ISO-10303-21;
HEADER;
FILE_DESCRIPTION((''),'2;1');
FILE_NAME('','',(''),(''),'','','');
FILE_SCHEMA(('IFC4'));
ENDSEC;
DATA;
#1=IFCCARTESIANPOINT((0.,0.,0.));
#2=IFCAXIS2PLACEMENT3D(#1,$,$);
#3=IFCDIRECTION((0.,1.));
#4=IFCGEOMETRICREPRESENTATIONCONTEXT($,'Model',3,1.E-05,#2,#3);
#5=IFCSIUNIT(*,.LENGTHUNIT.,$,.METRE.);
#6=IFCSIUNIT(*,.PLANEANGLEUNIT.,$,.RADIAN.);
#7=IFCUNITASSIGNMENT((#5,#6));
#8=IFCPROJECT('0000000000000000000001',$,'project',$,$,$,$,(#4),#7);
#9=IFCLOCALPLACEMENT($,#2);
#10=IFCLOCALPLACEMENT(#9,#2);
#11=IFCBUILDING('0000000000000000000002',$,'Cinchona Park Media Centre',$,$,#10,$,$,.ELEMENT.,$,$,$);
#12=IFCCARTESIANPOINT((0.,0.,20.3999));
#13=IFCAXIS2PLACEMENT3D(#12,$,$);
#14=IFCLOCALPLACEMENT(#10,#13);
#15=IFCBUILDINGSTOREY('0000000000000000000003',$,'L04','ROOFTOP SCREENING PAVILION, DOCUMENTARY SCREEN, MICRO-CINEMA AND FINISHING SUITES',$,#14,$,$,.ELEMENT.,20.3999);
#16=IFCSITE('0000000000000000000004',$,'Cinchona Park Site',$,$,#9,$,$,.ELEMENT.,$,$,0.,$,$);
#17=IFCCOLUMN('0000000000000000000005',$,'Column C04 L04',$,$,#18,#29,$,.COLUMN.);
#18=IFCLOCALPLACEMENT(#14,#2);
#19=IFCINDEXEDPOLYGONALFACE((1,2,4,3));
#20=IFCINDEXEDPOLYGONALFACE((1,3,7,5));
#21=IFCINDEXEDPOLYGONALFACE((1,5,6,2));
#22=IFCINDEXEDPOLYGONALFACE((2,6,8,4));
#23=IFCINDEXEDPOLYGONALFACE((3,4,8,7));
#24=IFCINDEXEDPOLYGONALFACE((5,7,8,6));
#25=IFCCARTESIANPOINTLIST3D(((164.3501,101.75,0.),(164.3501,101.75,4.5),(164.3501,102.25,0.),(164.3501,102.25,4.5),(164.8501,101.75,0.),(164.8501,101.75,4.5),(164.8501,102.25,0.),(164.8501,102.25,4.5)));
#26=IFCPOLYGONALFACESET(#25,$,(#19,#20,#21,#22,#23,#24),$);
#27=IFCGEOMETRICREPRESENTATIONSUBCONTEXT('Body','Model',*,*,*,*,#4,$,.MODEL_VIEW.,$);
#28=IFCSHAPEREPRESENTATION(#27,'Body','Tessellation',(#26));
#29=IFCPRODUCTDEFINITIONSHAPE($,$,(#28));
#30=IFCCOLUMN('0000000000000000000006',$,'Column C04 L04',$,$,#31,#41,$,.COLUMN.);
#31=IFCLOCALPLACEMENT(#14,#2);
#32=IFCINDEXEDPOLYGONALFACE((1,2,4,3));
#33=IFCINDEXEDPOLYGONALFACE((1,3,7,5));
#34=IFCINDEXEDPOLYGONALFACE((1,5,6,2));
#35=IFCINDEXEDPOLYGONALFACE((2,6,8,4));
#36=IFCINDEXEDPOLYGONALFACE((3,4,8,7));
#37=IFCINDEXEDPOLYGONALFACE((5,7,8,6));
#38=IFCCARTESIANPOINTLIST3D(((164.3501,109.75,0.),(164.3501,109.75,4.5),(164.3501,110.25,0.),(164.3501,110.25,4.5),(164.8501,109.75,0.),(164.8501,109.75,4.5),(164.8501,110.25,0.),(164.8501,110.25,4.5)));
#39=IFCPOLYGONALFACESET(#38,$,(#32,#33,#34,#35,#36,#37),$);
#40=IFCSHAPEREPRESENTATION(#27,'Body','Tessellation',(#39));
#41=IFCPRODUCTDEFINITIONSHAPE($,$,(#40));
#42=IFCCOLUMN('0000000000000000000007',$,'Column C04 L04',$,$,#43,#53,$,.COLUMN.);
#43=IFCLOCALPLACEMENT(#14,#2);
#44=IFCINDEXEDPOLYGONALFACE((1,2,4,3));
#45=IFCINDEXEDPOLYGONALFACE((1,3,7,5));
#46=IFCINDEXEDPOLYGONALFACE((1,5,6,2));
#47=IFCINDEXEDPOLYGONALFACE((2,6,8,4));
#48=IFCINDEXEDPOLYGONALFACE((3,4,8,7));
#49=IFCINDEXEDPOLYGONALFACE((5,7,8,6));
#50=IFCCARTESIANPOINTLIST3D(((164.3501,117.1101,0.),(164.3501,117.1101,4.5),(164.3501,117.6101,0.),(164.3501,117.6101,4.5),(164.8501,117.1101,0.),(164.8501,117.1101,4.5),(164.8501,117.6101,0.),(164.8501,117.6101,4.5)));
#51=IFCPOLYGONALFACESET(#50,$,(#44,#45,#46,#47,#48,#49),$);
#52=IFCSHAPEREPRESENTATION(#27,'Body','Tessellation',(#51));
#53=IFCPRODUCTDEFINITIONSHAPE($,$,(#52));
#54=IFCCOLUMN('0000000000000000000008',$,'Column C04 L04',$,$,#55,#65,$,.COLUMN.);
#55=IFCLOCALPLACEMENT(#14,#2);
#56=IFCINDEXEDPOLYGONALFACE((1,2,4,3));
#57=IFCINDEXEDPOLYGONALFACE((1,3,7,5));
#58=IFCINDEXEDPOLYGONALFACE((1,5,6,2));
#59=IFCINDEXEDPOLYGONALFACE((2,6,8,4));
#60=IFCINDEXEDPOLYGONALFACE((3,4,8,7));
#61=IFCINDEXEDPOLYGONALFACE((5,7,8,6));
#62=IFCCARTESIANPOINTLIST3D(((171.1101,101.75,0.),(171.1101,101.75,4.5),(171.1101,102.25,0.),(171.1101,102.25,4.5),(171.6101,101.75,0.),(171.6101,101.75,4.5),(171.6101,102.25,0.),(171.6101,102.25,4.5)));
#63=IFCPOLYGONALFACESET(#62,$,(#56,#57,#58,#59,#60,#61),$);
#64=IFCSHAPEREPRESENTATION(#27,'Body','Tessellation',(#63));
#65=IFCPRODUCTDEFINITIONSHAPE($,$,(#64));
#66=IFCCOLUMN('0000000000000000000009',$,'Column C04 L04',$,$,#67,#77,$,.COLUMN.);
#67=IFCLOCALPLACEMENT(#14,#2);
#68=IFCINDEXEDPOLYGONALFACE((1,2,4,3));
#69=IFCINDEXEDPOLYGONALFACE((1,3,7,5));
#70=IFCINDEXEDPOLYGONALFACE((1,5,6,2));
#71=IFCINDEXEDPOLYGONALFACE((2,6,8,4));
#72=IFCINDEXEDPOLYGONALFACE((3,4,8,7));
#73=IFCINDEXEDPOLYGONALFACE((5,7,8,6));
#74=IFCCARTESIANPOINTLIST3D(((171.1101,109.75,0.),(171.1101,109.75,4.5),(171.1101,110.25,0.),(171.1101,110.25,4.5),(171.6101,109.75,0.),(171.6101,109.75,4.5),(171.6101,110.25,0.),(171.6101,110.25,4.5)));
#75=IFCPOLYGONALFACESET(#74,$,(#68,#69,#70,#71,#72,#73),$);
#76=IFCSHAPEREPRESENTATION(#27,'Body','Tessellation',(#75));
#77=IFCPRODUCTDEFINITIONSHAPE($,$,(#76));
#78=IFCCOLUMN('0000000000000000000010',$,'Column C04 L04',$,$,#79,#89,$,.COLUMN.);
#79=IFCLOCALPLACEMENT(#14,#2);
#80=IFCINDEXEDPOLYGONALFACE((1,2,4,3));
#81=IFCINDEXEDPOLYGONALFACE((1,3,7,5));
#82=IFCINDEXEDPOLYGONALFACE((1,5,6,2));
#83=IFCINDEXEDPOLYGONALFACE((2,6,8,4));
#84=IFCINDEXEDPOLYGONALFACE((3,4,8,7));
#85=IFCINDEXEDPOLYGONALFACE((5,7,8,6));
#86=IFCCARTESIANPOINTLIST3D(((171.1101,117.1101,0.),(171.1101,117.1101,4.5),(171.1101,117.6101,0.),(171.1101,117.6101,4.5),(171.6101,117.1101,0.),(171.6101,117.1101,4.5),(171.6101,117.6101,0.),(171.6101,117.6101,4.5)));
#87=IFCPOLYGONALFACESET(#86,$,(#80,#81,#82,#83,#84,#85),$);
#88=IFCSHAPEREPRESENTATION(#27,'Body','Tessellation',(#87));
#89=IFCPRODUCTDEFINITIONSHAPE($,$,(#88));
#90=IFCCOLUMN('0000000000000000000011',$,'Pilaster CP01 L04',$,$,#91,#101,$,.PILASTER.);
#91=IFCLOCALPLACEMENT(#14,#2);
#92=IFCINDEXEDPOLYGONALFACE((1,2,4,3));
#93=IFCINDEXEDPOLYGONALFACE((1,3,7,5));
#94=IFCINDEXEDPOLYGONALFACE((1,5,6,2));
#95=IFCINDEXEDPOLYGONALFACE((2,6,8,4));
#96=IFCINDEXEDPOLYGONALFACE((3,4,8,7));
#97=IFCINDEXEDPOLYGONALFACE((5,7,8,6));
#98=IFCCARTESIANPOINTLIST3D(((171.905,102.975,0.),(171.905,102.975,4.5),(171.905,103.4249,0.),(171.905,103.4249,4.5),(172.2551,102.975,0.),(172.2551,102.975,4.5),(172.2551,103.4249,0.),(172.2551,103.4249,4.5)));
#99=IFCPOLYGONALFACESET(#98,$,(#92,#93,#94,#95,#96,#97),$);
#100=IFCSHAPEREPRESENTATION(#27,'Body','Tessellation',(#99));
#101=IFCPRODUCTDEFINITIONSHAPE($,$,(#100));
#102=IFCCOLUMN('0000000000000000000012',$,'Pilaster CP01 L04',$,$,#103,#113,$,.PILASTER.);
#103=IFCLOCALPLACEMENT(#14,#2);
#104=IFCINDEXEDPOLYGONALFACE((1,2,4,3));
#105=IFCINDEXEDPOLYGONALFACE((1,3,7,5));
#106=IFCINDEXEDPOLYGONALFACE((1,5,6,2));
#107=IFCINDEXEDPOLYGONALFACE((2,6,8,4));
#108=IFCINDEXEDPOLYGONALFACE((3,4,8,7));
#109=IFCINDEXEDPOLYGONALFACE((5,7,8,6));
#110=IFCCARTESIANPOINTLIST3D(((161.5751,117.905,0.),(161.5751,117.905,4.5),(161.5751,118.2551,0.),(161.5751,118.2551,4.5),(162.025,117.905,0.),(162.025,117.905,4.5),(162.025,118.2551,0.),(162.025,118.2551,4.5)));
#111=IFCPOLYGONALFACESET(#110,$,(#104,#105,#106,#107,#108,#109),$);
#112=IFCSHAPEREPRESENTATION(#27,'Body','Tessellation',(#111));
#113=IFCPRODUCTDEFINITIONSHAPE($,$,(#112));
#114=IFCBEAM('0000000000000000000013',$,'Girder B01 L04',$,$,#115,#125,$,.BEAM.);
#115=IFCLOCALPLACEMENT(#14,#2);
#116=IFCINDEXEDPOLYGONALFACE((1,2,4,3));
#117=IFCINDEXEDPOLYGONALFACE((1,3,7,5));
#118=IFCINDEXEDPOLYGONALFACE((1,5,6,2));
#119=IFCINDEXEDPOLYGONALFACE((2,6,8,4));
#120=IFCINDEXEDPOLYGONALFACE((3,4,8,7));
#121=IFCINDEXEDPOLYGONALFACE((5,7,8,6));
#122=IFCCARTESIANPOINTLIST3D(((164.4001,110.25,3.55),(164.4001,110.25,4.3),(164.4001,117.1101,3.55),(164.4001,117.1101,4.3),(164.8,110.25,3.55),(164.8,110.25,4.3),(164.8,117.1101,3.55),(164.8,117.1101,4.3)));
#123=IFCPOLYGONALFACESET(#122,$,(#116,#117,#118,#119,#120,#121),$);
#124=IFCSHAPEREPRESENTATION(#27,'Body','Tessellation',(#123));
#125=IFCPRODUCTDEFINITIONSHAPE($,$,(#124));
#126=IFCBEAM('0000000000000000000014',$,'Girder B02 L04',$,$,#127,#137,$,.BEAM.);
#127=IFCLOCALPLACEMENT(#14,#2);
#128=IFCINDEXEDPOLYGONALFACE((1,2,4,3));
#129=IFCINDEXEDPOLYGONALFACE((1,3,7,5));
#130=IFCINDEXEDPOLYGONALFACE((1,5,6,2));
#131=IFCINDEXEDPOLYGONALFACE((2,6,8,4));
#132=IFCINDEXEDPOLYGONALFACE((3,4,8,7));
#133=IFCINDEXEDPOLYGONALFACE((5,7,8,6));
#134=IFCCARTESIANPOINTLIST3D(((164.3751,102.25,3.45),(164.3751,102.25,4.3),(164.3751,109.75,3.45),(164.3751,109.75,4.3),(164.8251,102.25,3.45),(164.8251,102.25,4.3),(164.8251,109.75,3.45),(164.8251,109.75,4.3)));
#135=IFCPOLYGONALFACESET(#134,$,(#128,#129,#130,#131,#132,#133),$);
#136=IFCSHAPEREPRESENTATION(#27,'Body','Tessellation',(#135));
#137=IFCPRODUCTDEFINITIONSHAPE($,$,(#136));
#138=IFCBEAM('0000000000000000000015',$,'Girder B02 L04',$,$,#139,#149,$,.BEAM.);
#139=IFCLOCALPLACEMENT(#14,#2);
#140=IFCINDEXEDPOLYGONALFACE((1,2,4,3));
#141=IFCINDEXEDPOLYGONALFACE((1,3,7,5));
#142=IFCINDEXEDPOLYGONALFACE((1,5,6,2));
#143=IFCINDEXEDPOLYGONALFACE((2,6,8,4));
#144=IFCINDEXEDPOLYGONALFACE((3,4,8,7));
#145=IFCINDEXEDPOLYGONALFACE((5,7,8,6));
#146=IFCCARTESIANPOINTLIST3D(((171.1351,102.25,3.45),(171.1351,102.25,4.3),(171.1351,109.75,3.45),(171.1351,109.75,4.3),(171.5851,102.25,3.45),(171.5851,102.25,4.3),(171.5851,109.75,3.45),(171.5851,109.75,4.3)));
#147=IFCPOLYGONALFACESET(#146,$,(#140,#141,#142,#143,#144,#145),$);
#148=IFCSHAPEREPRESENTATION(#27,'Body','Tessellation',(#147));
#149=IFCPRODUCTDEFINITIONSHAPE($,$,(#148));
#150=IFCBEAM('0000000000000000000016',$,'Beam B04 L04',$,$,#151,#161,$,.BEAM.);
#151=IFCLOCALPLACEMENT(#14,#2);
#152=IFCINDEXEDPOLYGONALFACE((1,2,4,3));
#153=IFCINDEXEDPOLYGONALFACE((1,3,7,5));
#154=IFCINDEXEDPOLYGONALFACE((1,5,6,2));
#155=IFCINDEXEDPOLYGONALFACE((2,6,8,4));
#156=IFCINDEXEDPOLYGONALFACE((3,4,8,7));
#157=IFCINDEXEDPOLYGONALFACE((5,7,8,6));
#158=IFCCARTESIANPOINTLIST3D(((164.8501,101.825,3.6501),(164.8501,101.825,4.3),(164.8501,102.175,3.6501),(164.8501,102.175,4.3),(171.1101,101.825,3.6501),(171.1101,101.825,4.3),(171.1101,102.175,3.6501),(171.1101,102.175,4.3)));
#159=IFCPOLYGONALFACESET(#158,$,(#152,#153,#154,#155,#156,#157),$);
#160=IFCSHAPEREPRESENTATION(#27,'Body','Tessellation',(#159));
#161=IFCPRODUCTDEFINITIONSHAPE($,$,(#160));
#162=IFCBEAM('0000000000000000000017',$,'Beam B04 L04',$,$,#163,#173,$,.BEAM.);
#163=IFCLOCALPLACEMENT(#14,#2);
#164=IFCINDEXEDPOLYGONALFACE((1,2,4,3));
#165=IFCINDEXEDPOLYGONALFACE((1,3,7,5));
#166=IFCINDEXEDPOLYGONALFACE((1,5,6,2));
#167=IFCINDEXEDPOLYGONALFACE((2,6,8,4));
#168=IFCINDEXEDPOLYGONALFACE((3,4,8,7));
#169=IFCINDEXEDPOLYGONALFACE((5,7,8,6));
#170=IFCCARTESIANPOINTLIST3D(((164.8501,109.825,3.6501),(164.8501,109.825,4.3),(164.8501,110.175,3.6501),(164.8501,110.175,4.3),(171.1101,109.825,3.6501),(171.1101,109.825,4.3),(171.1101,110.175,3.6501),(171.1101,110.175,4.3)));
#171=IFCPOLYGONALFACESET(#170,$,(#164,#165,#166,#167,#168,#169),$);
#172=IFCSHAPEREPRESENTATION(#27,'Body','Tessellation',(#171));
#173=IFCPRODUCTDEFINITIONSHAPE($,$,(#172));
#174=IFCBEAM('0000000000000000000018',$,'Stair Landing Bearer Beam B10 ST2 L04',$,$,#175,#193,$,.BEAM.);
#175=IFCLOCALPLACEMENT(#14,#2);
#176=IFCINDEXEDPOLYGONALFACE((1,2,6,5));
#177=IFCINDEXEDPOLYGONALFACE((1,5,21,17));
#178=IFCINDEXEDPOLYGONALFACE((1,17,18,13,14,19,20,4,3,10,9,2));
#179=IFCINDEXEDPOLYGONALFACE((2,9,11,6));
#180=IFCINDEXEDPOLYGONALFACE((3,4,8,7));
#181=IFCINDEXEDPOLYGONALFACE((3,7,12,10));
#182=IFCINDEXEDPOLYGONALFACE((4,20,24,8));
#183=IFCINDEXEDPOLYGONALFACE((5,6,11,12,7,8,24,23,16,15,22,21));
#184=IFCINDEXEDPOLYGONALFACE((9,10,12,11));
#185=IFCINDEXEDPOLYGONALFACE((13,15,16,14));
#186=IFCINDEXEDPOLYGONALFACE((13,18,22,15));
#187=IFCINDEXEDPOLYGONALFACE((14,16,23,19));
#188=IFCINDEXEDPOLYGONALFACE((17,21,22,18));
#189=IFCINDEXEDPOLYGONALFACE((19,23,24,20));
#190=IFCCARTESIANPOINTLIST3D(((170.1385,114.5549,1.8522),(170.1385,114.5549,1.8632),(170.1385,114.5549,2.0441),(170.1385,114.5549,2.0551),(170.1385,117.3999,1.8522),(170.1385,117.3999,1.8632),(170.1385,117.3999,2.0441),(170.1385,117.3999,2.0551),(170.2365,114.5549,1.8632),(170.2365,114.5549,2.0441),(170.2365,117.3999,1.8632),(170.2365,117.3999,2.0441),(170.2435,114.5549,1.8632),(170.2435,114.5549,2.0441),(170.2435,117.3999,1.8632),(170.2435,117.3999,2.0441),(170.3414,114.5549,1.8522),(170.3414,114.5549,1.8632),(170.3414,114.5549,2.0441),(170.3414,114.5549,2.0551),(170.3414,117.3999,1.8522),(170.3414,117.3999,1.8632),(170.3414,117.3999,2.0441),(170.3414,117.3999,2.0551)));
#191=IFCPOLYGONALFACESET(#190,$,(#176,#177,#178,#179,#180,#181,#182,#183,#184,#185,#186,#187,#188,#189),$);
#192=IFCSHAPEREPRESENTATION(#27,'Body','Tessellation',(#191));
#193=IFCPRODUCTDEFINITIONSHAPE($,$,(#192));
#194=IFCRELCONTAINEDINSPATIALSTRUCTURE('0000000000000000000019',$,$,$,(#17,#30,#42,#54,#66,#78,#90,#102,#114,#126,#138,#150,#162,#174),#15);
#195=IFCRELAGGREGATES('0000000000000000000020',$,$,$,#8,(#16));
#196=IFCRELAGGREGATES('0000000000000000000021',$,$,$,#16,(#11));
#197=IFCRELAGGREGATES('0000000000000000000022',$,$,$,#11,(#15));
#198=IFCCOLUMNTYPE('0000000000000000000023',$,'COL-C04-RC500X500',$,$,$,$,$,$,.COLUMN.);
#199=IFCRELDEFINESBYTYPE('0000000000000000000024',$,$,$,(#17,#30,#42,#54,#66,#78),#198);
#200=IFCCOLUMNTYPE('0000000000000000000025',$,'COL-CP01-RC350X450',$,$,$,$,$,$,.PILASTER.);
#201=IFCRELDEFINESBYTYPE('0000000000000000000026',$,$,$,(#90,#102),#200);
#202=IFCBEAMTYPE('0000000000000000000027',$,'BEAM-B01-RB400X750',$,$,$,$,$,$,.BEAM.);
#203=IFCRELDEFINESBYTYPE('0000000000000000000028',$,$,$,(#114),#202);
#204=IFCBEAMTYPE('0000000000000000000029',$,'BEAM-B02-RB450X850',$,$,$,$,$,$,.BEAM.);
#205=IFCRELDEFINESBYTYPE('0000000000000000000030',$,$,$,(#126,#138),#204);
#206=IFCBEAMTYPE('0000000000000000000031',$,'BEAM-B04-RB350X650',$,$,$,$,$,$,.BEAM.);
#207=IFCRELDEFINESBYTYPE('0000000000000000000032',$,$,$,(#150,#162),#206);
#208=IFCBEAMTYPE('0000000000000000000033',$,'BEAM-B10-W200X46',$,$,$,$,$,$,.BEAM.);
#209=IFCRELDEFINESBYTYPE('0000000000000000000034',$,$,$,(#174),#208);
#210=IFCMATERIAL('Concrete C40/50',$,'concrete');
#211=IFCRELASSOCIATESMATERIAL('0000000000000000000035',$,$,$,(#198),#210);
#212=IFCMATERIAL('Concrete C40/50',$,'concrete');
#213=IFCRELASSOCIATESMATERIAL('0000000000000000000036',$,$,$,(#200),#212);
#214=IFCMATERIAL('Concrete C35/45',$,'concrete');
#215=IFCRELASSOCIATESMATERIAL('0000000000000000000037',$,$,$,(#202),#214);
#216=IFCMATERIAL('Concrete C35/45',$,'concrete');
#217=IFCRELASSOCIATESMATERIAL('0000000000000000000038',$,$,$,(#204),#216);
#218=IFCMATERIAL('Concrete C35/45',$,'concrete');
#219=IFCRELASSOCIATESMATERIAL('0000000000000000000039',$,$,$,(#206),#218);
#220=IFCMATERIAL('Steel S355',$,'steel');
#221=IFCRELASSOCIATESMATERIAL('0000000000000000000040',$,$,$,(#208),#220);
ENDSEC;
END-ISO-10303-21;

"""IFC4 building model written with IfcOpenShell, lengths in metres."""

from ifc_helpers import new_model, si_unit, direction, frame, origin, origin_2d, place, context, subcontext, project, spatial, rectangle, i_section, extrude, material, material_profile, profile_set, type_object, element, save


model = new_model("IFC4")

# Units and contexts
model_context = context("Model", 3, precision=1e-05, world=origin(), true_north=direction((0.0, 1.0)))
body_context = subcontext(model_context, "Body", "Model", "MODEL_VIEW")
ifc_project = project(units=[si_unit("LENGTHUNIT", "METRE"), si_unit("PLANEANGLEUNIT", "RADIAN")], contexts=[model_context])

# Site, building, storey
site_placement = place(None, origin())
site = spatial("IfcSite", under=ifc_project, at=site_placement, Name="Cinchona Park Site", CompositionType="ELEMENT", RefElevation=0.0)
building_placement = place(site_placement, origin())
building = spatial("IfcBuilding", under=site, at=building_placement, Name="Cinchona Park Media Centre", CompositionType="ELEMENT")
storey_placement = place(building_placement, frame((0.0, 0.0, 20.3999)))
storey = spatial("IfcBuildingStorey", under=building, at=storey_placement, Name="L04", Description="ROOFTOP SCREENING PAVILION, DOCUMENTARY SCREEN, MICRO-CINEMA AND FINISHING SUITES", CompositionType="ELEMENT", Elevation=20.3999)

# Columns
ifc_material_1 = material(Name="Concrete C40/50", Category="concrete")
ifc_material_profile_1 = material_profile(ifc_material_1, rectangle(XDim=0.5, YDim=0.5, at=origin_2d()), Name="RC 500X500")
ifc_profile_set_1 = profile_set([ifc_material_profile_1], Name="Concrete C40/50")
column_type_1 = type_object("IfcColumnType", Name="COL-C04-RC500X500", PredefinedType="COLUMN", material=ifc_profile_set_1)
for number, where, z_axis, x_axis, name in (
    (1, (164.6001, 102.0, 0.0), (0.0, 0.0, 1.0), (1.0, 0.0, 0.0), "Column C04 L04"),
    (2, (164.6001, 110.0, 0.0), (0.0, 0.0, 1.0), (1.0, 0.0, 0.0), "Column C04 L04"),
    (3, (164.6001, 117.3601, 0.0), (0.0, 0.0, 1.0), (1.0, 0.0, 0.0), "Column C04 L04"),
    (4, (171.3601, 102.0, 0.0), (0.0, 0.0, 1.0), (1.0, 0.0, 0.0), "Column C04 L04"),
    (5, (171.3601, 110.0, 0.0), (0.0, 0.0, 1.0), (1.0, 0.0, 0.0), "Column C04 L04"),
    (6, (171.3601, 117.3601, 0.0), (0.0, 0.0, 1.0), (1.0, 0.0, 0.0), "Column C04 L04"),
):
    element("IfcColumn", number, at=place(storey_placement, frame(where, z_axis=z_axis, x_axis=x_axis)), inside=storey, type_object=column_type_1, Name=name, PredefinedType="COLUMN", context=body_context, shape_type="SweptSolid", body=[
        extrude(rectangle(XDim=0.5, YDim=0.5, at=origin_2d()), origin(), (0.0, 0.0, 1.0), 4.5),
    ])
ifc_material_2 = material(Name="Concrete C40/50", Category="concrete")
ifc_material_profile_2 = material_profile(ifc_material_2, rectangle(XDim=0.3501, YDim=0.45, at=origin_2d()), Name="RC 350X450")
ifc_profile_set_2 = profile_set([ifc_material_profile_2], Name="Concrete C40/50")
column_type_2 = type_object("IfcColumnType", Name="COL-CP01-RC350X450", PredefinedType="PILASTER", material=ifc_profile_set_2)
for number, where, z_axis, x_axis, name in (
    (7, (172.0801, 103.2, 0.0), (0.0, 0.0, 1.0), (1.0, 0.0, 0.0), "Pilaster CP01 L04"),
    (8, (161.8, 118.0801, 0.0), (0.0, 0.0, 1.0), (0.0, 1.0, 0.0), "Pilaster CP01 L04"),
):
    element("IfcColumn", number, at=place(storey_placement, frame(where, z_axis=z_axis, x_axis=x_axis)), inside=storey, type_object=column_type_2, Name=name, PredefinedType="PILASTER", context=body_context, shape_type="SweptSolid", body=[
        extrude(rectangle(XDim=0.3501, YDim=0.45, at=origin_2d()), origin(), (0.0, 0.0, 1.0), 4.5),
    ])

# Beams
ifc_material_3 = material(Name="Concrete C35/45", Category="concrete")
ifc_material_profile_3 = material_profile(ifc_material_3, rectangle(XDim=0.3999, YDim=0.75, at=origin_2d()), Name="RB 400X750")
ifc_profile_set_3 = profile_set([ifc_material_profile_3], Name="Concrete C35/45")
beam_type_1 = type_object("IfcBeamType", Name="BEAM-B01-RB400X750", PredefinedType="BEAM", material=ifc_profile_set_3)
beam_placement = place(storey_placement, frame((164.6001, 110.25, 3.925), z_axis=(0.0, 1.0, 0.0), x_axis=(-1.0, 0.0, 0.0)))
element("IfcBeam", 9, at=beam_placement, inside=storey, type_object=beam_type_1, Name="Girder B01 L04", PredefinedType="BEAM", context=body_context, shape_type="SweptSolid", body=[
    extrude(rectangle(XDim=0.3999, YDim=0.75, at=origin_2d()), origin(), (0.0, 0.0, 1.0), 6.8601),
])
ifc_material_4 = material(Name="Concrete C35/45", Category="concrete")
ifc_material_profile_4 = material_profile(ifc_material_4, rectangle(XDim=0.45, YDim=0.8501, at=origin_2d()), Name="RB 450X850")
ifc_profile_set_4 = profile_set([ifc_material_profile_4], Name="Concrete C35/45")
beam_type_2 = type_object("IfcBeamType", Name="BEAM-B02-RB450X850", PredefinedType="BEAM", material=ifc_profile_set_4)
for number, where, z_axis, x_axis, name in (
    (10, (164.6001, 102.25, 3.875), (0.0, 1.0, 0.0), (-1.0, 0.0, 0.0), "Girder B02 L04"),
    (11, (171.3601, 102.25, 3.875), (0.0, 1.0, 0.0), (-1.0, 0.0, 0.0), "Girder B02 L04"),
):
    element("IfcBeam", number, at=place(storey_placement, frame(where, z_axis=z_axis, x_axis=x_axis)), inside=storey, type_object=beam_type_2, Name=name, PredefinedType="BEAM", context=body_context, shape_type="SweptSolid", body=[
        extrude(rectangle(XDim=0.45, YDim=0.8501, at=origin_2d()), origin(), (0.0, 0.0, 1.0), 7.5),
    ])
ifc_material_5 = material(Name="Concrete C35/45", Category="concrete")
ifc_material_profile_5 = material_profile(ifc_material_5, rectangle(XDim=0.3501, YDim=0.6499, at=origin_2d()), Name="RB 350X650")
ifc_profile_set_5 = profile_set([ifc_material_profile_5], Name="Concrete C35/45")
beam_type_3 = type_object("IfcBeamType", Name="BEAM-B04-RB350X650", PredefinedType="BEAM", material=ifc_profile_set_5)
for number, where, z_axis, x_axis, name in (
    (12, (164.8501, 102.0, 3.9751), (1.0, 0.0, 0.0), (0.0, 1.0, 0.0), "Beam B04 L04"),
    (13, (164.8501, 110.0, 3.9751), (1.0, 0.0, 0.0), (0.0, 1.0, 0.0), "Beam B04 L04"),
):
    element("IfcBeam", number, at=place(storey_placement, frame(where, z_axis=z_axis, x_axis=x_axis)), inside=storey, type_object=beam_type_3, Name=name, PredefinedType="BEAM", context=body_context, shape_type="SweptSolid", body=[
        extrude(rectangle(XDim=0.3501, YDim=0.6499, at=origin_2d()), origin(), (0.0, 0.0, 1.0), 6.26),
    ])
ifc_material_6 = material(Name="Steel S355", Category="steel")
ifc_material_profile_6 = material_profile(ifc_material_6, i_section(OverallWidth=0.2029, OverallDepth=0.2029, WebThickness=0.0071, FlangeThickness=0.011, at=origin_2d()), Name="W200X46")
ifc_profile_set_6 = profile_set([ifc_material_profile_6], Name="Steel S355")
beam_type_4 = type_object("IfcBeamType", Name="BEAM-B10-W200X46", PredefinedType="BEAM", material=ifc_profile_set_6)
for number, where, z_axis, x_axis, name in (
    (14, (170.24, 114.5549, 1.9536), (0.0, 1.0, 0.0), (-1.0, 0.0, 0.0), "Stair Landing Bearer Beam B10 ST2 L04"),
):
    element("IfcBeam", number, at=place(storey_placement, frame(where, z_axis=z_axis, x_axis=x_axis)), inside=storey, type_object=beam_type_4, Name=name, PredefinedType="BEAM", context=body_context, shape_type="SweptSolid", body=[
        extrude(i_section(OverallWidth=0.2029, OverallDepth=0.2029, WebThickness=0.0071, FlangeThickness=0.011, at=origin_2d()), origin(), (0.0, 0.0, 1.0), 2.845),
    ])

save(model, "model.ifc")
